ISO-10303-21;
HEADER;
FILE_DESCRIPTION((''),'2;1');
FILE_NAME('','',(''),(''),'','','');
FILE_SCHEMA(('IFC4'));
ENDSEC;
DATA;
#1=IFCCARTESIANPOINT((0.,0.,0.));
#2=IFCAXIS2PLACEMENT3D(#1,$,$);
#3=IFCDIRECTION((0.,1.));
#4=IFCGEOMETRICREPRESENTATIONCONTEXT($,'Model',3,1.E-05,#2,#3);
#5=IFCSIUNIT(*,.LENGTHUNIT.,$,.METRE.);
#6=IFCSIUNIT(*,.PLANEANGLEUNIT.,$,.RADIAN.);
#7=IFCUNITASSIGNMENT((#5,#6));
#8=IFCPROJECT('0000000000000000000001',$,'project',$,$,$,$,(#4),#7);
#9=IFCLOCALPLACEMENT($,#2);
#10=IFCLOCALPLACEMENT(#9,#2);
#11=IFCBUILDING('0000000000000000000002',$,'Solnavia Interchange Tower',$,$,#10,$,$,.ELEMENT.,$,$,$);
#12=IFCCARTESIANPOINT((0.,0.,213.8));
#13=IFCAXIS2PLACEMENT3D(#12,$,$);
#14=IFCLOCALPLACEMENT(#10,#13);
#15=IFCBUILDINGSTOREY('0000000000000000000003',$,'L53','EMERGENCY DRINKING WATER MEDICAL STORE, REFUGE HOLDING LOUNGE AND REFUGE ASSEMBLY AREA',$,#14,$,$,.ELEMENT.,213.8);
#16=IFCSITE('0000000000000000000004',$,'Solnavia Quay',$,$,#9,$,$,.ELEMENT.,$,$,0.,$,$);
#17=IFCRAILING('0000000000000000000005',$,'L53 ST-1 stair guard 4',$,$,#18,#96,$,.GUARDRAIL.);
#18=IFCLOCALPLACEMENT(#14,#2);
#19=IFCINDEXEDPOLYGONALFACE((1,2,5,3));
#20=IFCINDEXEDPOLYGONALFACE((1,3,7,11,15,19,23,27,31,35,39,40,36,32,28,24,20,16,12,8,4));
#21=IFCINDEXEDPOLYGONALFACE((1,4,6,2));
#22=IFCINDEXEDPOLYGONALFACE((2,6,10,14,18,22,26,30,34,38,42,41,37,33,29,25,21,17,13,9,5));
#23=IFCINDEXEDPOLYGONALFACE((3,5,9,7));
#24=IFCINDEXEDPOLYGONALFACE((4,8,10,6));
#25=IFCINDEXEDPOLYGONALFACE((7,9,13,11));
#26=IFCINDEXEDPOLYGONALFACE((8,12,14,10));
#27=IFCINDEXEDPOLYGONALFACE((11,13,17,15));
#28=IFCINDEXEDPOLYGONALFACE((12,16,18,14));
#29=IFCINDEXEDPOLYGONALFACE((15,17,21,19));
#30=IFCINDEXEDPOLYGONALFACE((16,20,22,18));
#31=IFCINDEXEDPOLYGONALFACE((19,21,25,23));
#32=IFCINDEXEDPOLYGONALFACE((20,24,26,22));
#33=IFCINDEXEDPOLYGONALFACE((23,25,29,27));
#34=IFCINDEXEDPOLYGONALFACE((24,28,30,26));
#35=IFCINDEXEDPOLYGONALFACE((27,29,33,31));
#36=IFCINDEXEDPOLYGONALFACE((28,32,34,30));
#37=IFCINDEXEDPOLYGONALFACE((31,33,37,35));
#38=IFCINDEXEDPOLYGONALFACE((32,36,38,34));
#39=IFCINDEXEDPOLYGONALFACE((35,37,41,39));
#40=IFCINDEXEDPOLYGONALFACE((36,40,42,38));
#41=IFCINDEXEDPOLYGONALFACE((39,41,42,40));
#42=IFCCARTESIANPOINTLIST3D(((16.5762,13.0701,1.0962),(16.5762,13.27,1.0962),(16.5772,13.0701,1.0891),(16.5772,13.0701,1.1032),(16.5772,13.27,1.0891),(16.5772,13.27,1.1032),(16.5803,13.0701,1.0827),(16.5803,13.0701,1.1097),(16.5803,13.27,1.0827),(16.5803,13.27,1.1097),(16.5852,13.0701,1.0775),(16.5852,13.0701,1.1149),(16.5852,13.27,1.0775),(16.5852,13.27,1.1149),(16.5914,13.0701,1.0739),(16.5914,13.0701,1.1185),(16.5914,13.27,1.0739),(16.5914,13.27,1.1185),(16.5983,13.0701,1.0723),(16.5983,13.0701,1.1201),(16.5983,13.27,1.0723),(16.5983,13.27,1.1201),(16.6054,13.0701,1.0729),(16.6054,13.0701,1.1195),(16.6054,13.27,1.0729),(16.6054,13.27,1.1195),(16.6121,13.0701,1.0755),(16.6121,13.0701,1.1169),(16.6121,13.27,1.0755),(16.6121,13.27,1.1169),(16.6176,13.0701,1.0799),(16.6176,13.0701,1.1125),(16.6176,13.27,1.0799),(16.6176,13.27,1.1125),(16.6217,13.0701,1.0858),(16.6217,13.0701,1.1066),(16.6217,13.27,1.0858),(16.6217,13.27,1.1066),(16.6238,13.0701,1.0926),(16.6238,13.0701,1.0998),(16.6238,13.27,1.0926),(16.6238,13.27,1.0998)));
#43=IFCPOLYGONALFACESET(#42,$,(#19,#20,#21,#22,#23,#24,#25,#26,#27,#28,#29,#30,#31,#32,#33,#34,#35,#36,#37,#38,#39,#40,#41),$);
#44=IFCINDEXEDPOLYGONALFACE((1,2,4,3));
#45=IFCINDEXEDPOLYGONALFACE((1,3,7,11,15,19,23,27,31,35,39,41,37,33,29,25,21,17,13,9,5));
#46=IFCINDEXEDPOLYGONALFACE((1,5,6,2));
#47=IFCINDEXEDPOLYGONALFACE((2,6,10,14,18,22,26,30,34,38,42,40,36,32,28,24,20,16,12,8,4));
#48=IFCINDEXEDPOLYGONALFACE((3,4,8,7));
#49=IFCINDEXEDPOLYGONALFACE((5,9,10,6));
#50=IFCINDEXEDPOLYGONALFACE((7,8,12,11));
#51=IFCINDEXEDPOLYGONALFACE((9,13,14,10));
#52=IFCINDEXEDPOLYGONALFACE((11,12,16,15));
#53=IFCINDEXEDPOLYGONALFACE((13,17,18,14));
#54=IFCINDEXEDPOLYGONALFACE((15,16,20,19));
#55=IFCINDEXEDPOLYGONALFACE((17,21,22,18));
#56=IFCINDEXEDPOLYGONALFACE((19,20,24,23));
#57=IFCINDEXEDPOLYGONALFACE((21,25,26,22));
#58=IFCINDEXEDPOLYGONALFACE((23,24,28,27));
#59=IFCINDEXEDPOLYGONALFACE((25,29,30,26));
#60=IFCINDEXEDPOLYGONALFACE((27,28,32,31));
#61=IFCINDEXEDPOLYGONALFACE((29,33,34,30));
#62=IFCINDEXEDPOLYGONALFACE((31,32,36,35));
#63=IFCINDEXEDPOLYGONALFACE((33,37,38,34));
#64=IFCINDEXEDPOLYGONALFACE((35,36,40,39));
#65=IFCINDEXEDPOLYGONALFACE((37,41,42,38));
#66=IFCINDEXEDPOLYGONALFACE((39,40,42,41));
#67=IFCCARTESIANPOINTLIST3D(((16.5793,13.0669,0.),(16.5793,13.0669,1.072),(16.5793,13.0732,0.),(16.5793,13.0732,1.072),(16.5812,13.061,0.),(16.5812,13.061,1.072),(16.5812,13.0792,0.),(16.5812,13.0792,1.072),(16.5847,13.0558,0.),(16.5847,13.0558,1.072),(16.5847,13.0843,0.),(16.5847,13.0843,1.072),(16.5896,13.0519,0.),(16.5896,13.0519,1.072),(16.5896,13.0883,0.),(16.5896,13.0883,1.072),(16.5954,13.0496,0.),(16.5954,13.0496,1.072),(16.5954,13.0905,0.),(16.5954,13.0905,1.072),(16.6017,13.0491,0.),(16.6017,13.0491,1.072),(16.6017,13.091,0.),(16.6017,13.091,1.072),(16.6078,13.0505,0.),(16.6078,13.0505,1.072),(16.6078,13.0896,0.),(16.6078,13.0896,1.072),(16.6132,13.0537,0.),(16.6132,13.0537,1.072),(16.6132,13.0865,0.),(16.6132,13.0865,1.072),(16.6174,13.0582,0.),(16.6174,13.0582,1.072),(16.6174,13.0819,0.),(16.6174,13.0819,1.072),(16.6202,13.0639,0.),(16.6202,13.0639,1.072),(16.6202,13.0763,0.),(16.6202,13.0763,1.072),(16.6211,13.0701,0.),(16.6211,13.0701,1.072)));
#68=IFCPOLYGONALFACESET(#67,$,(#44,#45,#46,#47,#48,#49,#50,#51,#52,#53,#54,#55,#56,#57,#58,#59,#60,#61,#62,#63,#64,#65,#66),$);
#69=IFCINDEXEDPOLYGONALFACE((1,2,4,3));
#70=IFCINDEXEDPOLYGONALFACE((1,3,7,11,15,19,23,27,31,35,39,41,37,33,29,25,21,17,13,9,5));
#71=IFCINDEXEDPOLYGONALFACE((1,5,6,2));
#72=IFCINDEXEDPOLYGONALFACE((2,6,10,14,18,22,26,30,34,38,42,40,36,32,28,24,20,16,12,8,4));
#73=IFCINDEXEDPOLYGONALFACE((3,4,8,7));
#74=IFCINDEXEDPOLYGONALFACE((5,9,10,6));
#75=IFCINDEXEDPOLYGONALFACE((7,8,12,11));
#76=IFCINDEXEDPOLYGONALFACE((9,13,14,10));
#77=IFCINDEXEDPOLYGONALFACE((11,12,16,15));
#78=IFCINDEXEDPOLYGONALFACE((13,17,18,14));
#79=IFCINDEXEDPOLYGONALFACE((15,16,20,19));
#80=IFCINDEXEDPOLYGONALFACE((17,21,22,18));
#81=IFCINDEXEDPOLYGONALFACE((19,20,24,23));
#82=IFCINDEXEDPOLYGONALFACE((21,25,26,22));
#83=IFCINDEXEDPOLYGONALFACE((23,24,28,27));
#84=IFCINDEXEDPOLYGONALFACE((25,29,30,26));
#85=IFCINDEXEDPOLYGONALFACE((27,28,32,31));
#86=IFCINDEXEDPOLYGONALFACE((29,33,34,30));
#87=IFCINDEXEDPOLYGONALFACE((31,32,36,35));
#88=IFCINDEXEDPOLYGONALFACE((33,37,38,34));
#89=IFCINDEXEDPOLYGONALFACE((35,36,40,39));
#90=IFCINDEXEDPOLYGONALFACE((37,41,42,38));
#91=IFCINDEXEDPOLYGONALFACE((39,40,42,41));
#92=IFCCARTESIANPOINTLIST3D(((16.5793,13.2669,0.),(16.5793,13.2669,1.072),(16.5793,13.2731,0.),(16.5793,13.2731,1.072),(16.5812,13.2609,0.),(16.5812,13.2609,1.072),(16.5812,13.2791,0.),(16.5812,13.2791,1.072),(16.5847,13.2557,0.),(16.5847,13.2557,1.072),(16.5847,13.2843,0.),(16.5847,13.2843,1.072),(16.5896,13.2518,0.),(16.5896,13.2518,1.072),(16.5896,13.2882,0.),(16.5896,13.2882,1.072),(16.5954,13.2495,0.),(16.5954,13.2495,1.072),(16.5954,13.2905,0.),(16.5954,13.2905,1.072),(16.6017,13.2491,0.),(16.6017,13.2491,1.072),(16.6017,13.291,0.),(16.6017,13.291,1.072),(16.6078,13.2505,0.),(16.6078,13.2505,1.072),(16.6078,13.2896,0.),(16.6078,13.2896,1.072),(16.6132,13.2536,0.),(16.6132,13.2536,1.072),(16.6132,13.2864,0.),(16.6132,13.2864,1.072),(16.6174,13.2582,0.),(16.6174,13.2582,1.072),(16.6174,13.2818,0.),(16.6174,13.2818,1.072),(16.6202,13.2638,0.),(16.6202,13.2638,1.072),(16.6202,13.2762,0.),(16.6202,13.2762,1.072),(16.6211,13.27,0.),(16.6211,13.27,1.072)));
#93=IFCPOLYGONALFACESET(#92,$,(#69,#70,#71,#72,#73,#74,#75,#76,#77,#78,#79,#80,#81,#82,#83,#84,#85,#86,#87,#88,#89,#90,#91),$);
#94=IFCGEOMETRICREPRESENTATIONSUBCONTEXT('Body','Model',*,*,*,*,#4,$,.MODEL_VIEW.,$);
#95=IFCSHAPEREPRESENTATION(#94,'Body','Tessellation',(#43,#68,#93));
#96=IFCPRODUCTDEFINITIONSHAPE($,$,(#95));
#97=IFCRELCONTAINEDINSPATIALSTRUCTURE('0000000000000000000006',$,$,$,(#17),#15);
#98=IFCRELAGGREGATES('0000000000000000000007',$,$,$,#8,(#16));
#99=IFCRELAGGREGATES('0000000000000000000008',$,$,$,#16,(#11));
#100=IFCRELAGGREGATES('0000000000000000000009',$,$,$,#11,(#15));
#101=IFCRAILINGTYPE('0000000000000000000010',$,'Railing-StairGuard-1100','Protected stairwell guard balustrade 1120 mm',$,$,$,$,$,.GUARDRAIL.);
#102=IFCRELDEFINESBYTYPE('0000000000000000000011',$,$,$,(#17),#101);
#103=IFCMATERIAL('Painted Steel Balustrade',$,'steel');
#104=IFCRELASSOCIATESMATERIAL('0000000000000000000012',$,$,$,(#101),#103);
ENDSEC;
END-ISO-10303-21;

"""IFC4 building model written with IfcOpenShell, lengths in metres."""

from ifc_helpers import new_model, si_unit, direction, frame, origin, origin_2d, place, context, subcontext, project, spatial, circle, extrude, material, type_object, element, save


model = new_model("IFC4")

# Units and contexts
model_context = context("Model", 3, precision=1e-05, world=origin(), true_north=direction((0.0, 1.0)))
body_context = subcontext(model_context, "Body", "Model", "MODEL_VIEW")
ifc_project = project(units=[si_unit("LENGTHUNIT", "METRE"), si_unit("PLANEANGLEUNIT", "RADIAN")], contexts=[model_context])

# Site, building, storey
site_placement = place(None, origin())
site = spatial("IfcSite", under=ifc_project, at=site_placement, Name="Solnavia Quay", CompositionType="ELEMENT", RefElevation=0.0)
building_placement = place(site_placement, origin())
building = spatial("IfcBuilding", under=site, at=building_placement, Name="Solnavia Interchange Tower", CompositionType="ELEMENT")
storey_placement = place(building_placement, frame((0.0, 0.0, 213.8)))
storey = spatial("IfcBuildingStorey", under=building, at=storey_placement, Name="L53", Description="EMERGENCY DRINKING WATER MEDICAL STORE, REFUGE HOLDING LOUNGE AND REFUGE ASSEMBLY AREA", CompositionType="ELEMENT", Elevation=213.8)

# Railing
ifc_material_1 = material(Name="Painted Steel Balustrade", Category="steel")
railing_type_1 = type_object("IfcRailingType", Name="Railing-StairGuard-1100", Description="Protected stairwell guard balustrade 1120 mm", PredefinedType="GUARDRAIL", material=ifc_material_1)
railing_1_placement = place(storey_placement, frame((16.6001, 13.0701, 0.0)))
element("IfcRailing", 1, at=railing_1_placement, inside=storey, type_object=railing_type_1, Name="L53 ST-1 stair guard 4", PredefinedType="GUARDRAIL", context=body_context, shape_type="SweptSolid", body=[
    extrude(circle(Radius=0.0239, at=origin_2d()), frame((0.0, 0.0, 1.0962), z_axis=(0.0, 1.0, 0.0), x_axis=(-1.0, 0.0, 0.0)), (0.0, 0.0, 1.0), 0.2),
    extrude(circle(Radius=0.021, at=origin_2d()), origin(), (0.0, 0.0, 1.0), 1.072),
    extrude(circle(Radius=0.021, at=origin_2d()), frame((0.0, 0.2, 0.0)), (0.0, 0.0, 1.0), 1.072),
])

save(model, "model.ifc")
